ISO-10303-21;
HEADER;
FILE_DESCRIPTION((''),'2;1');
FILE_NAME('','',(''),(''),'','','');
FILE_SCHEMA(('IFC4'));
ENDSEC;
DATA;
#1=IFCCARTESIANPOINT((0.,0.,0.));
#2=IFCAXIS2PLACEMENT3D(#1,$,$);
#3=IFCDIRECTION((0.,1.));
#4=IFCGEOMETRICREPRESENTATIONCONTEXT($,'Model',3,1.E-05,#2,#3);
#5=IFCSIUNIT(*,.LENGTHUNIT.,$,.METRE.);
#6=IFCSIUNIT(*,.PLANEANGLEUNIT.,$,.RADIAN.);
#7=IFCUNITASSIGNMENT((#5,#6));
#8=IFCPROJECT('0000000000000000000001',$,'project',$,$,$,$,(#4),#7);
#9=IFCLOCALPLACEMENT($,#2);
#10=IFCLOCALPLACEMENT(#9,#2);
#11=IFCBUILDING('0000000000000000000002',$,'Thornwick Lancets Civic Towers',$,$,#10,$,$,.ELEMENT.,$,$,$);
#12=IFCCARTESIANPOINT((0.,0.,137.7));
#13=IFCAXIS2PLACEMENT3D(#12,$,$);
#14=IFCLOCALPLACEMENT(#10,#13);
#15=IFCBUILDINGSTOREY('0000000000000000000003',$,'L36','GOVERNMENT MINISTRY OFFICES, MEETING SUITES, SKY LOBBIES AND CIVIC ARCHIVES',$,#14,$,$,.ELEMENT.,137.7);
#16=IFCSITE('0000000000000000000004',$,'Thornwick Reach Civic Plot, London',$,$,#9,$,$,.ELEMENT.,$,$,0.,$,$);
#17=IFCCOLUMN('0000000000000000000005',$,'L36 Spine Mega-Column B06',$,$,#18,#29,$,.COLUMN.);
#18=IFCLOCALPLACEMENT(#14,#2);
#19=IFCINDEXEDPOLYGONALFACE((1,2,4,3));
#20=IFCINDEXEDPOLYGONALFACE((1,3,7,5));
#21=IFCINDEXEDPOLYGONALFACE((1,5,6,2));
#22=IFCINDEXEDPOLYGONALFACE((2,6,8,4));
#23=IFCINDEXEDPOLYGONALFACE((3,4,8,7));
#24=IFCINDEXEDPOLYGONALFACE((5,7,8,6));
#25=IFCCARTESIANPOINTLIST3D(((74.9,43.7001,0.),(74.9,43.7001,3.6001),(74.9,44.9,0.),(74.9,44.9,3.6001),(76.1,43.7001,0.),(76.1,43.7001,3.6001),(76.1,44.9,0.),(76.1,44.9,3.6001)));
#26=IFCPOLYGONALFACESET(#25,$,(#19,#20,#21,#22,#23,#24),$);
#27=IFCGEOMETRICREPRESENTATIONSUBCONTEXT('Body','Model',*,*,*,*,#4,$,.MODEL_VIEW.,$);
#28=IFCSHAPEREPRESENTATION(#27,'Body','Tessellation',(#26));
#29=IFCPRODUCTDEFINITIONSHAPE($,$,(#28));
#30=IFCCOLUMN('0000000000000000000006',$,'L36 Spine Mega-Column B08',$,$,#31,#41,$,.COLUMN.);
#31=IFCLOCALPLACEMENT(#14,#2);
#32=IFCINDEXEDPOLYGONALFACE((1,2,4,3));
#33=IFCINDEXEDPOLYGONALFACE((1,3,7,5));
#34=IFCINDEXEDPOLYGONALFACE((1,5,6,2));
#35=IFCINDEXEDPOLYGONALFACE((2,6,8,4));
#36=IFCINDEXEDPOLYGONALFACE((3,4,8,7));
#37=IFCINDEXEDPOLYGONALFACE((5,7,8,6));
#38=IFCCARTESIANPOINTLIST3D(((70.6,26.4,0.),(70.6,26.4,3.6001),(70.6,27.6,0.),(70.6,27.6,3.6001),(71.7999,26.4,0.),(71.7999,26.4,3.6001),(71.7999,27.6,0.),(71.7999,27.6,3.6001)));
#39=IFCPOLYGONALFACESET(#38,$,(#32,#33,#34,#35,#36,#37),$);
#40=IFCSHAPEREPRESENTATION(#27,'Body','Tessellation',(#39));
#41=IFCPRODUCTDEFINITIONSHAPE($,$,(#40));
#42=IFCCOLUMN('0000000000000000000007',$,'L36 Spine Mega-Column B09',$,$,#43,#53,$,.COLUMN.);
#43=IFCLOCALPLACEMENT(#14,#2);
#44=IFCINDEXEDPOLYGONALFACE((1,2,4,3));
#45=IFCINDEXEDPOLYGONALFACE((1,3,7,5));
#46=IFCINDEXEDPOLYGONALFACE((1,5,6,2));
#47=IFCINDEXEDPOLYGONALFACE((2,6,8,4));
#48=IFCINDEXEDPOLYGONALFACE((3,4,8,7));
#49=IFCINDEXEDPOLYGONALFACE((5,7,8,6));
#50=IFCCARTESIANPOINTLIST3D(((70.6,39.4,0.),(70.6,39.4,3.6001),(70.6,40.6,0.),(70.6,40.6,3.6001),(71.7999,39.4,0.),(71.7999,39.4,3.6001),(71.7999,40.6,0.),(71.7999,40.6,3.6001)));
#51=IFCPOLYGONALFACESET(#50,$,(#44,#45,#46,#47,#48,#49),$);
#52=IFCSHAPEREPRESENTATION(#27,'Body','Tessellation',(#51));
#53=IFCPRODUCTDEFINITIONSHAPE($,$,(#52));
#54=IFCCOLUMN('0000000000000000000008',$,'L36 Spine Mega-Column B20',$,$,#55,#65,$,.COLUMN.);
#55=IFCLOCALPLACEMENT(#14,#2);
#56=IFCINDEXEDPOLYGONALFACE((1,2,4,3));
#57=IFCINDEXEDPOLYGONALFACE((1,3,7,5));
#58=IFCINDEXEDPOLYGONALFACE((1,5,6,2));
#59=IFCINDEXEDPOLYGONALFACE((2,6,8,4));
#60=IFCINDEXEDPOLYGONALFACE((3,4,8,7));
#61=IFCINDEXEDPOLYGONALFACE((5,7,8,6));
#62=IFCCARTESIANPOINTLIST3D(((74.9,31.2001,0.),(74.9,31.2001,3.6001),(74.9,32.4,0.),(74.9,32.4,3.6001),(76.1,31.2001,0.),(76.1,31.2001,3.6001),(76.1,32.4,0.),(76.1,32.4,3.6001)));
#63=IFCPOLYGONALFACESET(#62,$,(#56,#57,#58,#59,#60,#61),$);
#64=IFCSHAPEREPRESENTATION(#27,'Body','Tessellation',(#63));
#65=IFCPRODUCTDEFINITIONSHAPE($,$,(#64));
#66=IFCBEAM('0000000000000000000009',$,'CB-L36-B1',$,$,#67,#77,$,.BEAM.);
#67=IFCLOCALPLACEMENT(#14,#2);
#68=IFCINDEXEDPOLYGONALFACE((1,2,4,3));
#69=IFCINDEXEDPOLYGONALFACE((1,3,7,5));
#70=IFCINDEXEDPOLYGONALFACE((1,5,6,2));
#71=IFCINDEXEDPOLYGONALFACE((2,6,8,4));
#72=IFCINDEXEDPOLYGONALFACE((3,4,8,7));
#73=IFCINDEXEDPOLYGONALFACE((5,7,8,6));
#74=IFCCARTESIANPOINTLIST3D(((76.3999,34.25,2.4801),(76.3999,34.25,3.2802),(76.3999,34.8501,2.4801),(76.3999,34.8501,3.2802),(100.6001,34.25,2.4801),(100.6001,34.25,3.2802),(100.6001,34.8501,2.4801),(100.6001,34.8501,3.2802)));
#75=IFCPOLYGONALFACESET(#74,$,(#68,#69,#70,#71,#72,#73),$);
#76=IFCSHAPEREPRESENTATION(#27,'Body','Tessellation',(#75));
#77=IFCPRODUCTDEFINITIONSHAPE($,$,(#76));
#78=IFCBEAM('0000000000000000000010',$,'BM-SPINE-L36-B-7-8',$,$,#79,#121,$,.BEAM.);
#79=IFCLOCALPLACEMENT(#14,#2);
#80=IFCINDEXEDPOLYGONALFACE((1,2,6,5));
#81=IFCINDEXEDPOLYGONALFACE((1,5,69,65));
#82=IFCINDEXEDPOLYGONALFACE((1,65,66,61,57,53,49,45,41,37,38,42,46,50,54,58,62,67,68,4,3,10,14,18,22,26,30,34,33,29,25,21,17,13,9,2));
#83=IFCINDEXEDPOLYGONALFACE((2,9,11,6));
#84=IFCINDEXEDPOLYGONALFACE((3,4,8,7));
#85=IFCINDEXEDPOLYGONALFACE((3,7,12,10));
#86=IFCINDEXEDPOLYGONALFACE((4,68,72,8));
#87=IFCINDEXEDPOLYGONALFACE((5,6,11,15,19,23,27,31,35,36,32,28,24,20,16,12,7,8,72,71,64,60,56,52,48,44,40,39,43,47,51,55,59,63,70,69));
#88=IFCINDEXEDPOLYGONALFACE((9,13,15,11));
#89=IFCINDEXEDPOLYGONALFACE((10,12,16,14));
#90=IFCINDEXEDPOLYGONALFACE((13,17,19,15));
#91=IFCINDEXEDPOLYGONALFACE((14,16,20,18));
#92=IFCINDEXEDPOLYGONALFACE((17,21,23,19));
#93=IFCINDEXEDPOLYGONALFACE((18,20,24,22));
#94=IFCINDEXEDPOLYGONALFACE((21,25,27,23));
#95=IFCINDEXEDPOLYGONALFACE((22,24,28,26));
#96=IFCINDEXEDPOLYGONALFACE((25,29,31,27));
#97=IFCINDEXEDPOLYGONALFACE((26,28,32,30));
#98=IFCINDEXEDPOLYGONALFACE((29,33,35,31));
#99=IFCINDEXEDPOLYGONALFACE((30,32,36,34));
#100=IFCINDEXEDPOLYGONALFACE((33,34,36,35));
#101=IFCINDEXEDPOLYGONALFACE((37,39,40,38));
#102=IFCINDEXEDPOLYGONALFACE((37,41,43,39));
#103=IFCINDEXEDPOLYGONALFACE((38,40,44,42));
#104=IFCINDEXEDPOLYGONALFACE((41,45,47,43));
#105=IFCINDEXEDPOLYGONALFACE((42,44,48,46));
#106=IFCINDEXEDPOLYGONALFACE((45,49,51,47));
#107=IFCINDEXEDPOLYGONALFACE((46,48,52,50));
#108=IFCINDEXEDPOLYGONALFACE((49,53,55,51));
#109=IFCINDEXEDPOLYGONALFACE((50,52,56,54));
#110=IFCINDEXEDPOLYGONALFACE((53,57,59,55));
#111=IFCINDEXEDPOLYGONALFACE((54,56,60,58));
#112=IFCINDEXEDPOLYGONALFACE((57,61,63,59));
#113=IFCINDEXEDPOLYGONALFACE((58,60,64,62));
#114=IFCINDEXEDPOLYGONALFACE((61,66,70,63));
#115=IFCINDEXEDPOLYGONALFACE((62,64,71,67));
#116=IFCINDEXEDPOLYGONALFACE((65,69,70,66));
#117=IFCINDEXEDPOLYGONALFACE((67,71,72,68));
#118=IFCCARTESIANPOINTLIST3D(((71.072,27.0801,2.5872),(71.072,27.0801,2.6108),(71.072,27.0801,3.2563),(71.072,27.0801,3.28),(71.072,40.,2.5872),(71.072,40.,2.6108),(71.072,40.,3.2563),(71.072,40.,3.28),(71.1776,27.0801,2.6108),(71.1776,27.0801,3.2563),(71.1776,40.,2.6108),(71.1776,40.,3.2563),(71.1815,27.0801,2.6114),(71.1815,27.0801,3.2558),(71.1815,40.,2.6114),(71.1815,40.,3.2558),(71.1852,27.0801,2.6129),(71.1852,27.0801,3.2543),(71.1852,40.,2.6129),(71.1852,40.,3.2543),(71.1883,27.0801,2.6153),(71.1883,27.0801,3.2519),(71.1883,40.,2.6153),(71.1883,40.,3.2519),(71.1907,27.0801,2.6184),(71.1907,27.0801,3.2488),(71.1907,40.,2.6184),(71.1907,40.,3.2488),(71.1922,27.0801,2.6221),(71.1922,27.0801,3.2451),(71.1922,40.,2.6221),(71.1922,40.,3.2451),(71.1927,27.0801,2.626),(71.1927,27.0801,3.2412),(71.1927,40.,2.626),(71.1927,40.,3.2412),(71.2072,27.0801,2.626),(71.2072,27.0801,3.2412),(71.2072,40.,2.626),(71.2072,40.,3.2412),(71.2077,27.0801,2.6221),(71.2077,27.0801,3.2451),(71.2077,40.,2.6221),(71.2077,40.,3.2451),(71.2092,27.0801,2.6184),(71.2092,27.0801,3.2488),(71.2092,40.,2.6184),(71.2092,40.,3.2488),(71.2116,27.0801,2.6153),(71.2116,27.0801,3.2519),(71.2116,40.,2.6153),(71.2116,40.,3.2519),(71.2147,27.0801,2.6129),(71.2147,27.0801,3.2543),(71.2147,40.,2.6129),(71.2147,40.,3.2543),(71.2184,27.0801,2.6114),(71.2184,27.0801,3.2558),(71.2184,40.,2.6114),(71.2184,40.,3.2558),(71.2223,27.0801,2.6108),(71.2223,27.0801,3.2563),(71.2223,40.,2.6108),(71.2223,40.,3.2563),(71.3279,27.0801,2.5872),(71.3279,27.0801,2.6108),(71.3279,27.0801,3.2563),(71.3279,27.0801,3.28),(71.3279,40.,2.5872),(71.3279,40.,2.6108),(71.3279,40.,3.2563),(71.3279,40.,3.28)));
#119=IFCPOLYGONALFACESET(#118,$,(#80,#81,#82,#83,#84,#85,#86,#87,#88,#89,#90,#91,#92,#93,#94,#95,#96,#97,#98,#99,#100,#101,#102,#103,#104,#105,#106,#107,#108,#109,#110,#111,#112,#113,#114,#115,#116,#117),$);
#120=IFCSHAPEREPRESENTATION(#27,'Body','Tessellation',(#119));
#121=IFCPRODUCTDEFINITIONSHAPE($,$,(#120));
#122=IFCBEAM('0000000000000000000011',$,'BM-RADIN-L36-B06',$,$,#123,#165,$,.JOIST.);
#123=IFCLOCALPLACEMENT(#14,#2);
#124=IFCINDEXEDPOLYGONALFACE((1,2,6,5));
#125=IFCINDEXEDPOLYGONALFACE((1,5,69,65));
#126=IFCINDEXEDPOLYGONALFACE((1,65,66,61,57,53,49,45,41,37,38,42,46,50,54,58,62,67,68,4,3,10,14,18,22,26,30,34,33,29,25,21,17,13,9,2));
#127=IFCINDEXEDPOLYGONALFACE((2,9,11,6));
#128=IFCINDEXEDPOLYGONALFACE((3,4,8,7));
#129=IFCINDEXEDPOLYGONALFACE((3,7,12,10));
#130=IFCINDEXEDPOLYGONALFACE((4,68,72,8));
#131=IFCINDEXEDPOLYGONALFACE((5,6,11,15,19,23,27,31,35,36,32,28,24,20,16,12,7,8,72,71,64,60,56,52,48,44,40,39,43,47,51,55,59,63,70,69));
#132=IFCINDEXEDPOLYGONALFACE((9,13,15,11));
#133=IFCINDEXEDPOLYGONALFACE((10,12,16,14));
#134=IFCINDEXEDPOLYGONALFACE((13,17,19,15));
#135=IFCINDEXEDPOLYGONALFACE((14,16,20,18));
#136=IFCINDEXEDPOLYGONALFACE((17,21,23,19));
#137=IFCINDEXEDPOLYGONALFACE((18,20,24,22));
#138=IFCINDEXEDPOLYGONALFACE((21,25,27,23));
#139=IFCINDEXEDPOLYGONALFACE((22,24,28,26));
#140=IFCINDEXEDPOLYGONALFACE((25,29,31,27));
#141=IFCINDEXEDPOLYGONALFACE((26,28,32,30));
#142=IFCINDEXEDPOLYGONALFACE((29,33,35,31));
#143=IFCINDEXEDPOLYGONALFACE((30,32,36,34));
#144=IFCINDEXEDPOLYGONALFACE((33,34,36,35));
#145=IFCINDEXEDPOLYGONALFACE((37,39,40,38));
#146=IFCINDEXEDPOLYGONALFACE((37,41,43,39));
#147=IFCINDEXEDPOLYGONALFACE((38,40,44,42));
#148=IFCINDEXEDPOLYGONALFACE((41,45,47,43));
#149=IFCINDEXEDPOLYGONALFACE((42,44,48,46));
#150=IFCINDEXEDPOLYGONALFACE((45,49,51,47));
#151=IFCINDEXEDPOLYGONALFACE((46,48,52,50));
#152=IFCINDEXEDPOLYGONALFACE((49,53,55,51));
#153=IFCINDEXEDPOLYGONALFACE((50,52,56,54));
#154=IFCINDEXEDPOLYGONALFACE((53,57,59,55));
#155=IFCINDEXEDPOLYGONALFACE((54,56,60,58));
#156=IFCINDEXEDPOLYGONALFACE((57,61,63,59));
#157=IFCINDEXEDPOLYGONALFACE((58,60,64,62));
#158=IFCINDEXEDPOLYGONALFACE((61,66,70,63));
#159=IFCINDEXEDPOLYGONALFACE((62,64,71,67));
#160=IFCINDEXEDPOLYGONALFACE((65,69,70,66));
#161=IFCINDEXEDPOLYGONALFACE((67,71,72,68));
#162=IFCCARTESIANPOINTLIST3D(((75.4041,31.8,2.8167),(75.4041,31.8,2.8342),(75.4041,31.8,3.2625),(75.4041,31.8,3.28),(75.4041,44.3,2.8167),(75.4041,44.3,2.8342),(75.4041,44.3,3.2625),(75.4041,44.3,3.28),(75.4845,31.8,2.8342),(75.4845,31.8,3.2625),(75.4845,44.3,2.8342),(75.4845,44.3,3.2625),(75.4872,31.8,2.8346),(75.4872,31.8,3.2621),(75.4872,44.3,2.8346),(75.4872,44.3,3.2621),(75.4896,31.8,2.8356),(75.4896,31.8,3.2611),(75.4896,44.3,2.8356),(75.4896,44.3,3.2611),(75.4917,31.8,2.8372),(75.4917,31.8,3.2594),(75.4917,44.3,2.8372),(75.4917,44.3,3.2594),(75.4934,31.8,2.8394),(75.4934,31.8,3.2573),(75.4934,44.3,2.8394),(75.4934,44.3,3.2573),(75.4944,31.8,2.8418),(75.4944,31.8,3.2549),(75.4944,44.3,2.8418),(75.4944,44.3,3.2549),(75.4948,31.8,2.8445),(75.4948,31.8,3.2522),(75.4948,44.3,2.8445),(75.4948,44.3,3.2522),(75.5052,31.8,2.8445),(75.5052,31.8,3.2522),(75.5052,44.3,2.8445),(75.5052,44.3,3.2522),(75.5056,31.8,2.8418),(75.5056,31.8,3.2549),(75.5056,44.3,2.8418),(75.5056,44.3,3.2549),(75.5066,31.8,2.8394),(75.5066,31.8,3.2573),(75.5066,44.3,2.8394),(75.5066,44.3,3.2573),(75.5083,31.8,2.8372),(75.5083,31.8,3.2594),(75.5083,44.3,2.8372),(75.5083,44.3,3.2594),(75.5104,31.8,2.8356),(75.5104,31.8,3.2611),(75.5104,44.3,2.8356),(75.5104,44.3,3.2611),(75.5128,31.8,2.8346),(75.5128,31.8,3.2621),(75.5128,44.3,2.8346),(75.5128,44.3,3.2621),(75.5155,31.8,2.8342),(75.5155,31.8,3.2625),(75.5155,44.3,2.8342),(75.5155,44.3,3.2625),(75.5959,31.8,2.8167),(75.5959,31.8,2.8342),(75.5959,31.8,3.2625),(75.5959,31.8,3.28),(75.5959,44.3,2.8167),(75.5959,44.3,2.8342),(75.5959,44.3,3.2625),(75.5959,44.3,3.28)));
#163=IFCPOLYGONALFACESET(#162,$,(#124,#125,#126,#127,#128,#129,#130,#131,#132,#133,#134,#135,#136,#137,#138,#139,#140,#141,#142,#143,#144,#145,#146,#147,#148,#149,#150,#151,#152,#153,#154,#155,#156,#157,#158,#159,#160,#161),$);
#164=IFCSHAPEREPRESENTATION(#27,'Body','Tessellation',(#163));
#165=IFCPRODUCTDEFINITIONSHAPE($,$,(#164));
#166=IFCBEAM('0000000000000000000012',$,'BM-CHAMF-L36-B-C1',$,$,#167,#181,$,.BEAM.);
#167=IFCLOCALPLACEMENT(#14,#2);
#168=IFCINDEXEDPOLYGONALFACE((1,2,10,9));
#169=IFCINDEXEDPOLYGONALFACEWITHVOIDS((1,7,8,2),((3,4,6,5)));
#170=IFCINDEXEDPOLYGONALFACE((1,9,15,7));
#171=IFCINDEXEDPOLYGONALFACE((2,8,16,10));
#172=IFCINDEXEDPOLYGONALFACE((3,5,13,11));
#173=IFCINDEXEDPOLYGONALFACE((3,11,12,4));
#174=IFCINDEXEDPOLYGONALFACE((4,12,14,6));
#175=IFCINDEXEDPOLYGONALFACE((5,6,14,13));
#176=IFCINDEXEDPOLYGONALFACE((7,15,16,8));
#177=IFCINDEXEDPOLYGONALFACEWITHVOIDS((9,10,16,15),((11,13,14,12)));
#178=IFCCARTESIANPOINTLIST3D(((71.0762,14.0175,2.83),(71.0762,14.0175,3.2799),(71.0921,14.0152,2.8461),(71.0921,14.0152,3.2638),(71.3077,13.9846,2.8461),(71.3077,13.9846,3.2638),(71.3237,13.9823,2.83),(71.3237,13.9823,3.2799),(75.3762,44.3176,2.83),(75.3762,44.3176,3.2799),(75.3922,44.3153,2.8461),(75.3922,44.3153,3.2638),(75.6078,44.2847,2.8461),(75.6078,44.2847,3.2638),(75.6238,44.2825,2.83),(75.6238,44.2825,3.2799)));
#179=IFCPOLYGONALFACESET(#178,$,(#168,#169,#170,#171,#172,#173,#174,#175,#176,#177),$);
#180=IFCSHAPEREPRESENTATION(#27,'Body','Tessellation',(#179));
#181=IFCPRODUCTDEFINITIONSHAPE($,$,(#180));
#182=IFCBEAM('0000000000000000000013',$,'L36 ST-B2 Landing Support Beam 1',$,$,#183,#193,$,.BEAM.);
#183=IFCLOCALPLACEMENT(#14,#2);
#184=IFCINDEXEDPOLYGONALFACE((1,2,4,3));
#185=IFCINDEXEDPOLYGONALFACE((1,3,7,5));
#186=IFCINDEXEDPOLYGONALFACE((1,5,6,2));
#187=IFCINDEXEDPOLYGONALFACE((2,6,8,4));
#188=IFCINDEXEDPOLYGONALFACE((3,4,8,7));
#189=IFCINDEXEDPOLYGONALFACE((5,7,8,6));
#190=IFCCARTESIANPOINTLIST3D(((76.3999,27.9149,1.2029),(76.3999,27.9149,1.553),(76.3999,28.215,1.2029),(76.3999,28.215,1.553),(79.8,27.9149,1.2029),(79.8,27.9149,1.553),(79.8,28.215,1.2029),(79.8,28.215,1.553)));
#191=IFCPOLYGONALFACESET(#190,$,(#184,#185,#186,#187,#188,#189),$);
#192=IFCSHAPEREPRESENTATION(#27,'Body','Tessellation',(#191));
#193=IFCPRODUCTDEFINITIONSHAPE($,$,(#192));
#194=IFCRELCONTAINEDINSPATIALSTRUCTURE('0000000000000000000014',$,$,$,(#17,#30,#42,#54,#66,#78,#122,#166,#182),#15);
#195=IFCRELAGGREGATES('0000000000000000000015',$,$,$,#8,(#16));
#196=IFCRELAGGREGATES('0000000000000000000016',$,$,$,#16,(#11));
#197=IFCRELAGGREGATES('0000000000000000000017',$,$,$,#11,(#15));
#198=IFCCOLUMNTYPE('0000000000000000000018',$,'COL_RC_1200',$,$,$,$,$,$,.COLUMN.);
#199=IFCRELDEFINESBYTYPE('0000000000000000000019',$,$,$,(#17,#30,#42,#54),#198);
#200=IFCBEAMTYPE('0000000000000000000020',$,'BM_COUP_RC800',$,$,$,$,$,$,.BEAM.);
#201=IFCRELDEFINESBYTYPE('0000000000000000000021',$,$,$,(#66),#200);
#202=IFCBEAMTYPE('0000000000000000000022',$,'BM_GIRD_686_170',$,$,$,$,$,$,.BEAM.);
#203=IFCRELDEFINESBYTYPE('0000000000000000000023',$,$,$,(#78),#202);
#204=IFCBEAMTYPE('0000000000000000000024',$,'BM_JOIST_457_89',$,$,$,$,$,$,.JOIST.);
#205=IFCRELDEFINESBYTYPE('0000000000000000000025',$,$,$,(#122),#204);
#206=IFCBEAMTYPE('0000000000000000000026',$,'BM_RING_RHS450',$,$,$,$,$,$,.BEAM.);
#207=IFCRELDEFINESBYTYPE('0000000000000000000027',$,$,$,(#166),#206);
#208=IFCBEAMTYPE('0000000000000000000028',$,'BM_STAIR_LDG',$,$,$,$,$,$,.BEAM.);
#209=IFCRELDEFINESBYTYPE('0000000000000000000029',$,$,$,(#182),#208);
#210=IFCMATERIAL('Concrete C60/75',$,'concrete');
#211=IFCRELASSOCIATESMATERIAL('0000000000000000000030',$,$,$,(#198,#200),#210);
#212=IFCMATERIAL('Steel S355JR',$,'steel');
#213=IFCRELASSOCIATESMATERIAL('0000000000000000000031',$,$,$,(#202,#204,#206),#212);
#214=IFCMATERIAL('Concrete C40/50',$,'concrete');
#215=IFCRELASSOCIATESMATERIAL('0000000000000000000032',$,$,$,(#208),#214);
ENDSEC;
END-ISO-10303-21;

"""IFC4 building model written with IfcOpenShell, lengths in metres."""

from ifc_helpers import new_model, si_unit, direction, frame, origin, origin_2d, place, context, subcontext, project, spatial, rectangle, hollow_rectangle, i_section, extrude, material, material_profile, profile_set, type_object, element, save


model = new_model("IFC4")

# Units and contexts
model_context = context("Model", 3, precision=1e-05, world=origin(), true_north=direction((0.0, 1.0)))
body_context = subcontext(model_context, "Body", "Model", "MODEL_VIEW")
ifc_project = project(units=[si_unit("LENGTHUNIT", "METRE"), si_unit("PLANEANGLEUNIT", "RADIAN")], contexts=[model_context])

# Site, building, storey
site_placement = place(None, origin())
site = spatial("IfcSite", under=ifc_project, at=site_placement, Name="Thornwick Reach Civic Plot, London", CompositionType="ELEMENT", RefElevation=0.0)
building_placement = place(site_placement, origin())
building = spatial("IfcBuilding", under=site, at=building_placement, Name="Thornwick Lancets Civic Towers", CompositionType="ELEMENT")
storey_placement = place(building_placement, frame((0.0, 0.0, 137.7)))
storey = spatial("IfcBuildingStorey", under=building, at=storey_placement, Name="L36", Description="GOVERNMENT MINISTRY OFFICES, MEETING SUITES, SKY LOBBIES AND CIVIC ARCHIVES", CompositionType="ELEMENT", Elevation=137.7)

# Columns
ifc_material_1 = material(Name="Concrete C60/75", Category="concrete")
ifc_material_profile_1 = material_profile(ifc_material_1, rectangle(XDim=1.2, YDim=1.2, at=origin_2d()), Name="RC 1200x1200")
ifc_profile_set_1 = profile_set([ifc_material_profile_1], Name="Concrete C60/75")
column_type = type_object("IfcColumnType", Name="COL_RC_1200", PredefinedType="COLUMN", material=ifc_profile_set_1)
for number, where, z_axis, x_axis, name in (
    (1, (75.5, 44.3, 0.0), (0.0, 0.0, 1.0), (1.0, 0.0, 0.0), "L36 Spine Mega-Column B06"),
    (2, (71.2, 27.0, 0.0), (0.0, 0.0, 1.0), (1.0, 0.0, 0.0), "L36 Spine Mega-Column B08"),
    (3, (71.2, 40.0, 0.0), (0.0, 0.0, 1.0), (1.0, 0.0, 0.0), "L36 Spine Mega-Column B09"),
    (4, (75.5, 31.8, 0.0), (0.0, 0.0, 1.0), (1.0, 0.0, 0.0), "L36 Spine Mega-Column B20"),
):
    element("IfcColumn", number, at=place(storey_placement, frame(where, z_axis=z_axis, x_axis=x_axis)), inside=storey, type_object=column_type, Name=name, PredefinedType="COLUMN", context=body_context, shape_type="SweptSolid", body=[
        extrude(rectangle(XDim=1.2, YDim=1.2, at=origin_2d()), origin(), (0.0, 0.0, 1.0), 3.6001),
    ])

# Beams
ifc_material_profile_2 = material_profile(ifc_material_1, rectangle(XDim=0.6001, YDim=0.8, at=origin_2d()), Name="RC 600x800")
ifc_profile_set_2 = profile_set([ifc_material_profile_2], Name="Concrete C60/75")
beam_type_1 = type_object("IfcBeamType", Name="BM_COUP_RC800", PredefinedType="BEAM", material=ifc_profile_set_2)
beam_1_placement = place(storey_placement, frame((76.3999, 34.55, 2.8801), z_axis=(1.0, 0.0, 0.0), x_axis=(0.0, 1.0, 0.0)))
element("IfcBeam", 5, at=beam_1_placement, inside=storey, type_object=beam_type_1, Name="CB-L36-B1", PredefinedType="BEAM", context=body_context, shape_type="SweptSolid", body=[
    extrude(rectangle(XDim=0.6001, YDim=0.8, at=origin_2d()), origin(), (0.0, 0.0, 1.0), 24.2002),
])
ifc_material_2 = material(Name="Steel S355JR", Category="steel")
ifc_material_profile_3 = material_profile(ifc_material_2, i_section(OverallWidth=0.2559, OverallDepth=0.6929, WebThickness=0.0144, FlangeThickness=0.0237, FilletRadius=0.0151, at=origin_2d()), Name="UKB 686x254x170")
ifc_profile_set_3 = profile_set([ifc_material_profile_3], Name="Steel S355JR")
beam_type_2 = type_object("IfcBeamType", Name="BM_GIRD_686_170", PredefinedType="BEAM", material=ifc_profile_set_3)
beam_2_placement = place(storey_placement, frame((71.2, 27.0801, 2.9336), z_axis=(0.0, 1.0, 0.0), x_axis=(-1.0, 0.0, 0.0)))
element("IfcBeam", 6, at=beam_2_placement, inside=storey, type_object=beam_type_2, Name="BM-SPINE-L36-B-7-8", PredefinedType="BEAM", context=body_context, shape_type="SweptSolid", body=[
    extrude(i_section(OverallWidth=0.2559, OverallDepth=0.6929, WebThickness=0.0144, FlangeThickness=0.0237, FilletRadius=0.0151, at=origin_2d()), origin(), (0.0, 0.0, 1.0), 12.9199),
])
ifc_material_profile_4 = material_profile(ifc_material_2, i_section(OverallWidth=0.1919, OverallDepth=0.4634, WebThickness=0.0105, FlangeThickness=0.0176, FilletRadius=0.0103, at=origin_2d()), Name="UKB 457x191x89")
ifc_profile_set_4 = profile_set([ifc_material_profile_4], Name="Steel S355JR")
beam_type_3 = type_object("IfcBeamType", Name="BM_JOIST_457_89", PredefinedType="JOIST", material=ifc_profile_set_4)
beam_3_placement = place(storey_placement, frame((75.5, 31.8, 3.0483), z_axis=(0.0, 1.0, 0.0), x_axis=(-1.0, 0.0, 0.0)))
element("IfcBeam", 7, at=beam_3_placement, inside=storey, type_object=beam_type_3, Name="BM-RADIN-L36-B06", PredefinedType="JOIST", context=body_context, shape_type="SweptSolid", body=[
    extrude(i_section(OverallWidth=0.1919, OverallDepth=0.4634, WebThickness=0.0105, FlangeThickness=0.0176, FilletRadius=0.0103, at=origin_2d()), origin(), (0.0, 0.0, 1.0), 12.5),
])
ifc_material_profile_5 = material_profile(ifc_material_2, hollow_rectangle(XDim=0.25, YDim=0.45, WallThickness=0.0161, at=origin_2d()), Name="RHS 450x250x16")
ifc_profile_set_5 = profile_set([ifc_material_profile_5], Name="Steel S355JR")
beam_type_4 = type_object("IfcBeamType", Name="BM_RING_RHS450", PredefinedType="BEAM", material=ifc_profile_set_5)
beam_4_placement = place(storey_placement, frame((75.5, 44.3, 3.0549), z_axis=(-0.140508, -0.99008, 0.0), x_axis=(0.99008, -0.140508, 0.0)))
element("IfcBeam", 8, at=beam_4_placement, inside=storey, type_object=beam_type_4, Name="BM-CHAMF-L36-B-C1", PredefinedType="BEAM", context=body_context, shape_type="SweptSolid", body=[
    extrude(hollow_rectangle(XDim=0.25, YDim=0.45, WallThickness=0.0161, at=origin_2d()), origin(), (0.0, 0.0, 1.0), 30.6038),
])
ifc_material_3 = material(Name="Concrete C40/50", Category="concrete")
ifc_material_profile_6 = material_profile(ifc_material_3, rectangle(XDim=0.3, YDim=0.3501, at=origin_2d()), Name="RC 300x350")
ifc_profile_set_6 = profile_set([ifc_material_profile_6], Name="Concrete C40/50")
beam_type_5 = type_object("IfcBeamType", Name="BM_STAIR_LDG", PredefinedType="BEAM", material=ifc_profile_set_6)
beam_5_placement = place(storey_placement, frame((76.3999, 28.0649, 1.3779), z_axis=(1.0, 0.0, 0.0), x_axis=(0.0, 1.0, 0.0)))
element("IfcBeam", 9, at=beam_5_placement, inside=storey, type_object=beam_type_5, Name="L36 ST-B2 Landing Support Beam 1", PredefinedType="BEAM", context=body_context, shape_type="SweptSolid", body=[
    extrude(rectangle(XDim=0.3, YDim=0.3501, at=origin_2d()), origin(), (0.0, 0.0, 1.0), 3.4001),
])

save(model, "model.ifc")
